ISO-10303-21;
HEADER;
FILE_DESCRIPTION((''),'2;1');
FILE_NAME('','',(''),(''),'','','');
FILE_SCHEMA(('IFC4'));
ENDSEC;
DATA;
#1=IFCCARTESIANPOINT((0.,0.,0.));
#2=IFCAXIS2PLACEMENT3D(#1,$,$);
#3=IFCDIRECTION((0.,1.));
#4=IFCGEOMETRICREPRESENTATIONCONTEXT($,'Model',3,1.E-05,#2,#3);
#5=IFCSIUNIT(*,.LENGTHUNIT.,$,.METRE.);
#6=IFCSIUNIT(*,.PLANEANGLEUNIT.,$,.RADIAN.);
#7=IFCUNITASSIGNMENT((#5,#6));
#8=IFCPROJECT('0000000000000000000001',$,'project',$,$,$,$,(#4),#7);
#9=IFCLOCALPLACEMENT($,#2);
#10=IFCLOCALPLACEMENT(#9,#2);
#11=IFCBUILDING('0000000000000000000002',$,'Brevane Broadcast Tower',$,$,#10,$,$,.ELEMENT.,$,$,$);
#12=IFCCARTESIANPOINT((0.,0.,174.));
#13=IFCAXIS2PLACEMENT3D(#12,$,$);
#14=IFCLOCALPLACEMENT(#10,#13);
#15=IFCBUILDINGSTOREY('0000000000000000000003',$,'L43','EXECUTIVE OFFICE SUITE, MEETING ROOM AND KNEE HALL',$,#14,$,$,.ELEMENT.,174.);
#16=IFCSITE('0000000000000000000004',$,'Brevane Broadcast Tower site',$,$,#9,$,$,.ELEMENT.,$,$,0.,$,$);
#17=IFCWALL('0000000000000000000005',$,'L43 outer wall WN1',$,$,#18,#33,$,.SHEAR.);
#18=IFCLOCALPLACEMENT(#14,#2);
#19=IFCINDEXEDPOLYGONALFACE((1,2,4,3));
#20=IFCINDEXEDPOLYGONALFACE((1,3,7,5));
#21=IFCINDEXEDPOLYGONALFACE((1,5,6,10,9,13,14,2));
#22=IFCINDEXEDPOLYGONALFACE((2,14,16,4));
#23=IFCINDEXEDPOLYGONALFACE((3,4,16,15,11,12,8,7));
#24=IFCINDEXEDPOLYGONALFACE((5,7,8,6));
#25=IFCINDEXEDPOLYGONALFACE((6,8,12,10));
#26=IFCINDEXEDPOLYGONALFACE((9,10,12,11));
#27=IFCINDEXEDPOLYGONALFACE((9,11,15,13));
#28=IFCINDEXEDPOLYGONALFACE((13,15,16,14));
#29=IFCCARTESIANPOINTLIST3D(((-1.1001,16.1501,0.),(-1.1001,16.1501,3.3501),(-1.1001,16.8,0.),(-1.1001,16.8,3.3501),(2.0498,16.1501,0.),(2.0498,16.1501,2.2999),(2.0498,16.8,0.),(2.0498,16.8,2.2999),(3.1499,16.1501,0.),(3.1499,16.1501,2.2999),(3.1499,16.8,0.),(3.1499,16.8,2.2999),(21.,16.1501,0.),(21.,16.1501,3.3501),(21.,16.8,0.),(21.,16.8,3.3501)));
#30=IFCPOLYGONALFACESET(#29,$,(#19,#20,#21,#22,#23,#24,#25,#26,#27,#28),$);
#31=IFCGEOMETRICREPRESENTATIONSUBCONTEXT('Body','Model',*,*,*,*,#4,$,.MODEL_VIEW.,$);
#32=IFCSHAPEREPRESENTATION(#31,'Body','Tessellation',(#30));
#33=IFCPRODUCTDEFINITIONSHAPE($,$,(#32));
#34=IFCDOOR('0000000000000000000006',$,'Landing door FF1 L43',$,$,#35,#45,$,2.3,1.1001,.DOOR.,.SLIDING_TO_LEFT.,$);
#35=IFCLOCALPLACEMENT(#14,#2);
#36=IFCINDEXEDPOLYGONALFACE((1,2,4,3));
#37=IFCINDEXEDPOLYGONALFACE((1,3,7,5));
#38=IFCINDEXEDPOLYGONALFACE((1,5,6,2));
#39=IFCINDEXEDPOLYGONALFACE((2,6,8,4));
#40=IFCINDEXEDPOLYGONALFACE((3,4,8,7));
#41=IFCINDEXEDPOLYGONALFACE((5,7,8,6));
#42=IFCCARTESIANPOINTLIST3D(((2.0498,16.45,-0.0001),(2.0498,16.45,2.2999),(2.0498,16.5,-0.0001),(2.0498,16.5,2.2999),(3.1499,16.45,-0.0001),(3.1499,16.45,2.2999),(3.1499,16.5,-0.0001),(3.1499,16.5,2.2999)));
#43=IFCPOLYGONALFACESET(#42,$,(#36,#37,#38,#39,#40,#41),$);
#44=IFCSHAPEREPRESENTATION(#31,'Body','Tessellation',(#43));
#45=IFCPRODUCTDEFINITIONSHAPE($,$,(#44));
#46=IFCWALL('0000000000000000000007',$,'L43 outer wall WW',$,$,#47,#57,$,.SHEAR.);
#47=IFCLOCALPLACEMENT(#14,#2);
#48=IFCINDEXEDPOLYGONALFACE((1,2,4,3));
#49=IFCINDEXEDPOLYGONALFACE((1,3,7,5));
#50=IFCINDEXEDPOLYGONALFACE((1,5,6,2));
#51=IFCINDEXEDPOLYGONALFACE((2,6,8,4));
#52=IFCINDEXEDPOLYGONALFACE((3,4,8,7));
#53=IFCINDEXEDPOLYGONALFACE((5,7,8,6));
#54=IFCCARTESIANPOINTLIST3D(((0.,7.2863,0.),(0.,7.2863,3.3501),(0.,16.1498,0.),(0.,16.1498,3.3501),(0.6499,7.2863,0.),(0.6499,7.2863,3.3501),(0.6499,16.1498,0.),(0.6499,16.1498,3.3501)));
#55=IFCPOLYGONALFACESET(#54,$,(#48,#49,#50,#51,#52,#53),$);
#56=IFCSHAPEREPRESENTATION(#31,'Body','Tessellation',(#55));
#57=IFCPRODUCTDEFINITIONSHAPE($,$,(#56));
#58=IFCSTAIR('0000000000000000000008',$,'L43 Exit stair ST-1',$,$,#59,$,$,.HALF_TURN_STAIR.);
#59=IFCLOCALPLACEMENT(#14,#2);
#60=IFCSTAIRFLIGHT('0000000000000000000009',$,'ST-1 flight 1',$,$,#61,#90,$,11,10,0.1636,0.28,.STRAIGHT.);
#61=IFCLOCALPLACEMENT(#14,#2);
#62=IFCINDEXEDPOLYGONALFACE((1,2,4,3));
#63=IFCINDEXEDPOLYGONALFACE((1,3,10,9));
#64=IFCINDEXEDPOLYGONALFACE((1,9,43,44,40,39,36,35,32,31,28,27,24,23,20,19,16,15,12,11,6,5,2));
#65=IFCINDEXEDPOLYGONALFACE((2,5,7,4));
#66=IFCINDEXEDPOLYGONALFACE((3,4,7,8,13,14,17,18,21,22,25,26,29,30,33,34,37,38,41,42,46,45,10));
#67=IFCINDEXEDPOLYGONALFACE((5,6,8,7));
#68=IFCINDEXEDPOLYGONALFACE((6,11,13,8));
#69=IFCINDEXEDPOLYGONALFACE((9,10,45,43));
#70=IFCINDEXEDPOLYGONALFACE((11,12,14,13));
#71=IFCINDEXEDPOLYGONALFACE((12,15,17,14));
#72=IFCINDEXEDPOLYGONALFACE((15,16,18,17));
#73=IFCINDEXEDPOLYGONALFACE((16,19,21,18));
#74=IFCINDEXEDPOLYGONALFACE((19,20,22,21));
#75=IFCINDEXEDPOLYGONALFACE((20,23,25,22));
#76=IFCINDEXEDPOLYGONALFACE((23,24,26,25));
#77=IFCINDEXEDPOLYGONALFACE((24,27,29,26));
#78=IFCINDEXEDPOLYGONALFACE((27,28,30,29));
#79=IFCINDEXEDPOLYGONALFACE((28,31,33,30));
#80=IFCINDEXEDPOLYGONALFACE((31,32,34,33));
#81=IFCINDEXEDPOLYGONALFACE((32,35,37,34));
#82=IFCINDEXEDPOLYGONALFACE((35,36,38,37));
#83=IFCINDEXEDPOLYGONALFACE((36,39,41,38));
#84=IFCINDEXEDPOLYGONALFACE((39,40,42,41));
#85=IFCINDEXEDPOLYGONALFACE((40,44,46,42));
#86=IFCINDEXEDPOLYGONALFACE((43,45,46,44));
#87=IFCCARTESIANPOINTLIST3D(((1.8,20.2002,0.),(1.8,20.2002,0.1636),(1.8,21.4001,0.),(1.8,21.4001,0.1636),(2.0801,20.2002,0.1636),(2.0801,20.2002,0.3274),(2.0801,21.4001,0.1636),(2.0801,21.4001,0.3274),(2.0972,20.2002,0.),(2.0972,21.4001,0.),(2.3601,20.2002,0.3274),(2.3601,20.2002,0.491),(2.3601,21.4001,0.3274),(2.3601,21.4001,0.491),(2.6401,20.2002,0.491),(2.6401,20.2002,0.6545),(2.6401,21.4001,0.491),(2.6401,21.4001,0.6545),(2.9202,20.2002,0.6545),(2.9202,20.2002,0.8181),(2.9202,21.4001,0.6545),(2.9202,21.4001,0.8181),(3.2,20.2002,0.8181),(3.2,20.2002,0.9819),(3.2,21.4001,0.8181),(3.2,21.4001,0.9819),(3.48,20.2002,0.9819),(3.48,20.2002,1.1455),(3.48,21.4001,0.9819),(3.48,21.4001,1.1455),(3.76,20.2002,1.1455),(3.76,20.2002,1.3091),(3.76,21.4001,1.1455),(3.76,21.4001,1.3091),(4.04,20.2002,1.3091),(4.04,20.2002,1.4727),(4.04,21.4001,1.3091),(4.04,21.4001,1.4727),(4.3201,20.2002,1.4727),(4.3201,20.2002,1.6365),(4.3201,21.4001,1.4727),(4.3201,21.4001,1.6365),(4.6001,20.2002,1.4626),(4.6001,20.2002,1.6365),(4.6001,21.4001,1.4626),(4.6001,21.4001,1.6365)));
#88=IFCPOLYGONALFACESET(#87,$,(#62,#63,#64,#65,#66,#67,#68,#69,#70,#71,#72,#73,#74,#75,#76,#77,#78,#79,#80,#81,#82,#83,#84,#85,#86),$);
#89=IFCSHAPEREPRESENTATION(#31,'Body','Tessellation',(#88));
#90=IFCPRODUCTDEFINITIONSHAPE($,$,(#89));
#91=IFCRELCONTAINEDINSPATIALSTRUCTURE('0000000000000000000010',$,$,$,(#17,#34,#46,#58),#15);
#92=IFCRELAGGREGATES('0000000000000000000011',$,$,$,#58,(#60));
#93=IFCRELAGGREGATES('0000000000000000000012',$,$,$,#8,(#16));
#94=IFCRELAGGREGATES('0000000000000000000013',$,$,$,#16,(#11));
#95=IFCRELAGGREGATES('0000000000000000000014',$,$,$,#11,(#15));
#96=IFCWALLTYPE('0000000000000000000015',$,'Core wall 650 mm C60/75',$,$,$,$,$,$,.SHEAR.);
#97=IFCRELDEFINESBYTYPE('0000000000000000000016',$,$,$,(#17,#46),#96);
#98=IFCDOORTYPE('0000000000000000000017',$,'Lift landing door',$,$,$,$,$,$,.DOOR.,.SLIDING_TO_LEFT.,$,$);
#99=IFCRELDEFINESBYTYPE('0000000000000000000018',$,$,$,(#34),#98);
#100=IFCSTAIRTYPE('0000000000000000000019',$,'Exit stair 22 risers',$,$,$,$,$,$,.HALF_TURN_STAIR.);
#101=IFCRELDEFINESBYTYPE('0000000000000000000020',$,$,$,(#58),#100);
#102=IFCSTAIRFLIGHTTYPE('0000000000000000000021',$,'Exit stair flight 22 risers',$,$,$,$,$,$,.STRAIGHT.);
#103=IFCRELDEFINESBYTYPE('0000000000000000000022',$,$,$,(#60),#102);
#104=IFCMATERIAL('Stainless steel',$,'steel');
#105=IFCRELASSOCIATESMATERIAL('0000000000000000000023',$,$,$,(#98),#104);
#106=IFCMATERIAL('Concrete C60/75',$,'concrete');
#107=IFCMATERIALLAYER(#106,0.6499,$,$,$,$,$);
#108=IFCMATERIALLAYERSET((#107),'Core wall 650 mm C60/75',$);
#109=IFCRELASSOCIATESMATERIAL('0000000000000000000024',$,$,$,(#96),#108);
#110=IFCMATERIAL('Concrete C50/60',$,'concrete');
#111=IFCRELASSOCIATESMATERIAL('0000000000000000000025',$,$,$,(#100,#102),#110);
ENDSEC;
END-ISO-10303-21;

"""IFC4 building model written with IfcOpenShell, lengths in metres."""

from ifc_helpers import new_model, si_unit, direction, frame, frame_2d, origin, place, context, subcontext, project, spatial, polyline, rectangle, outline, extrude, material, layer, layer_set, type_object, element, fill, aggregate, save


model = new_model("IFC4")

# Units and contexts
model_context = context("Model", 3, precision=1e-05, world=origin(), true_north=direction((0.0, 1.0)))
body_context = subcontext(model_context, "Body", "Model", "MODEL_VIEW")
ifc_project = project(units=[si_unit("LENGTHUNIT", "METRE"), si_unit("PLANEANGLEUNIT", "RADIAN")], contexts=[model_context])

# Site, building, storey
site_placement = place(None, origin())
site = spatial("IfcSite", under=ifc_project, at=site_placement, Name="Brevane Broadcast Tower site", CompositionType="ELEMENT", RefElevation=0.0)
building_placement = place(site_placement, origin())
building = spatial("IfcBuilding", under=site, at=building_placement, Name="Brevane Broadcast Tower", CompositionType="ELEMENT")
storey_placement = place(building_placement, frame((0.0, 0.0, 174.0)))
storey = spatial("IfcBuildingStorey", under=building, at=storey_placement, Name="L43", Description="EXECUTIVE OFFICE SUITE, MEETING ROOM AND KNEE HALL", CompositionType="ELEMENT", Elevation=174.0)

# Shared definitions
ifc_material_1 = material(Name="Concrete C60/75", Category="concrete")

# Shared definitions
ifc_material_2 = material(Name="Stainless steel", Category="steel")
door_type_1 = type_object("IfcDoorType", Name="Lift landing door", OperationType="SLIDING_TO_LEFT", PredefinedType="DOOR", material=ifc_material_2)

# Wall, opening, door
ifc_layer_1 = layer(ifc_material_1, 0.6499)
ifc_layer_set_1 = layer_set([ifc_layer_1], Name="Core wall 650 mm C60/75")
wall_type_1 = type_object("IfcWallType", Name="Core wall 650 mm C60/75", PredefinedType="SHEAR", material=ifc_layer_set_1)
wall_1_placement = place(storey_placement, frame((-1.1001, 16.4751, 0.0), z_axis=(0.0, 0.0, 1.0), x_axis=(1.0, 0.0, 0.0)))
wall_1 = element("IfcWall", 1, at=wall_1_placement, inside=storey, type_object=wall_type_1, Name="L43 outer wall WN1", PredefinedType="SHEAR", context=body_context, shape_type="SweptSolid", body=[
    extrude(rectangle(XDim=22.1001, YDim=0.6499, at=frame_2d((11.05, 0.0))), origin(), (0.0, 0.0, 1.0), 3.3501),
])
opening_1_placement = place(wall_1_placement, frame((3.1499, 0.0, 0.0)))
opening_1 = element("IfcOpeningElement", 2, at=opening_1_placement, cuts=wall_1, PredefinedType="OPENING", context=body_context, shape_type="SweptSolid", body=[
    extrude(rectangle(XDim=1.1001, YDim=2.3, at=frame_2d((0.55, 1.1499))), frame((0.0, 0.335, 0.0), z_axis=(0.0, -1.0, 0.0), x_axis=(1.0, 0.0, 0.0)), (0.0, 0.0, 1.0), 0.6699),
])
door_1_placement = place(opening_1_placement, origin())
door_1 = element("IfcDoor", 3, at=door_1_placement, inside=storey, type_object=door_type_1, Name="Landing door FF1 L43", OperationType="SLIDING_TO_LEFT", OverallHeight=2.3, OverallWidth=1.1001, PredefinedType="DOOR", context=body_context, shape_type="SweptSolid", body=[
    extrude(rectangle(XDim=1.1001, YDim=2.3, at=frame_2d((0.55, 1.1499))), frame((0.0, 0.0249, 0.0), z_axis=(0.0, -1.0, 0.0), x_axis=(1.0, 0.0, 0.0)), (0.0, 0.0, 1.0), 0.05),
])
fill(opening_1, door_1)

# Wall
wall_2_placement = place(storey_placement, frame((0.325, 7.2864, 0.0), z_axis=(0.0, 0.0, 1.0), x_axis=(0.0, 1.0, 0.0)))
element("IfcWall", 4, at=wall_2_placement, inside=storey, type_object=wall_type_1, Name="L43 outer wall WW", PredefinedType="SHEAR", context=body_context, shape_type="SweptSolid", body=[
    extrude(rectangle(XDim=8.8635, YDim=0.6499, at=frame_2d((4.4316, 0.0))), origin(), (0.0, 0.0, 1.0), 3.3501),
])

# Stair, stair flight
ifc_material_3 = material(Name="Concrete C50/60", Category="concrete")
stair_type = type_object("IfcStairType", Name="Exit stair 22 risers", PredefinedType="HALF_TURN_STAIR", material=ifc_material_3)
stair_placement = place(storey_placement, origin())
stair = element("IfcStair", 5, at=stair_placement, inside=storey, type_object=stair_type, Name="L43 Exit stair ST-1", PredefinedType="HALF_TURN_STAIR")
stair_flight_type = type_object("IfcStairFlightType", Name="Exit stair flight 22 risers", PredefinedType="STRAIGHT", material=ifc_material_3)
stair_flight_placement = place(storey_placement, frame((1.8, 20.8, 0.0), z_axis=(0.0, 0.0, 1.0), x_axis=(1.0, 0.0, 0.0)))
stair_flight = element("IfcStairFlight", 6, at=stair_flight_placement, type_object=stair_flight_type, Name="ST-1 flight 1", NumberOfRisers=11, NumberOfTreads=10, PredefinedType="STRAIGHT", RiserHeight=0.1636, TreadLength=0.28, context=body_context, shape_type="SweptSolid", body=[
    extrude(outline(polyline([(0.0, 0.0), (0.0, 0.1636), (0.28, 0.1636), (0.28, 0.3274), (0.5601, 0.3274), (0.5601, 0.491), (0.8401, 0.491), (0.8401, 0.6545), (1.1201, 0.6545), (1.1201, 0.8181), (1.3999, 0.8181), (1.3999, 0.9819), (1.6799, 0.9819), (1.6799, 1.1455), (1.96, 1.1455), (1.96, 1.3091), (2.24, 1.3091), (2.24, 1.4727), (2.52, 1.4727), (2.52, 1.6365), (2.8, 1.6365), (2.8, 1.8), (2.8, 1.4626), (0.2971, 0.0), (0.0, 0.0)])), frame((0.0, 0.6001, 0.0), z_axis=(0.0, -1.0, 0.0), x_axis=(1.0, 0.0, 0.0)), (0.0, 0.0, 1.0), 1.2),
])
aggregate(stair, [stair_flight])

save(model, "model.ifc")
